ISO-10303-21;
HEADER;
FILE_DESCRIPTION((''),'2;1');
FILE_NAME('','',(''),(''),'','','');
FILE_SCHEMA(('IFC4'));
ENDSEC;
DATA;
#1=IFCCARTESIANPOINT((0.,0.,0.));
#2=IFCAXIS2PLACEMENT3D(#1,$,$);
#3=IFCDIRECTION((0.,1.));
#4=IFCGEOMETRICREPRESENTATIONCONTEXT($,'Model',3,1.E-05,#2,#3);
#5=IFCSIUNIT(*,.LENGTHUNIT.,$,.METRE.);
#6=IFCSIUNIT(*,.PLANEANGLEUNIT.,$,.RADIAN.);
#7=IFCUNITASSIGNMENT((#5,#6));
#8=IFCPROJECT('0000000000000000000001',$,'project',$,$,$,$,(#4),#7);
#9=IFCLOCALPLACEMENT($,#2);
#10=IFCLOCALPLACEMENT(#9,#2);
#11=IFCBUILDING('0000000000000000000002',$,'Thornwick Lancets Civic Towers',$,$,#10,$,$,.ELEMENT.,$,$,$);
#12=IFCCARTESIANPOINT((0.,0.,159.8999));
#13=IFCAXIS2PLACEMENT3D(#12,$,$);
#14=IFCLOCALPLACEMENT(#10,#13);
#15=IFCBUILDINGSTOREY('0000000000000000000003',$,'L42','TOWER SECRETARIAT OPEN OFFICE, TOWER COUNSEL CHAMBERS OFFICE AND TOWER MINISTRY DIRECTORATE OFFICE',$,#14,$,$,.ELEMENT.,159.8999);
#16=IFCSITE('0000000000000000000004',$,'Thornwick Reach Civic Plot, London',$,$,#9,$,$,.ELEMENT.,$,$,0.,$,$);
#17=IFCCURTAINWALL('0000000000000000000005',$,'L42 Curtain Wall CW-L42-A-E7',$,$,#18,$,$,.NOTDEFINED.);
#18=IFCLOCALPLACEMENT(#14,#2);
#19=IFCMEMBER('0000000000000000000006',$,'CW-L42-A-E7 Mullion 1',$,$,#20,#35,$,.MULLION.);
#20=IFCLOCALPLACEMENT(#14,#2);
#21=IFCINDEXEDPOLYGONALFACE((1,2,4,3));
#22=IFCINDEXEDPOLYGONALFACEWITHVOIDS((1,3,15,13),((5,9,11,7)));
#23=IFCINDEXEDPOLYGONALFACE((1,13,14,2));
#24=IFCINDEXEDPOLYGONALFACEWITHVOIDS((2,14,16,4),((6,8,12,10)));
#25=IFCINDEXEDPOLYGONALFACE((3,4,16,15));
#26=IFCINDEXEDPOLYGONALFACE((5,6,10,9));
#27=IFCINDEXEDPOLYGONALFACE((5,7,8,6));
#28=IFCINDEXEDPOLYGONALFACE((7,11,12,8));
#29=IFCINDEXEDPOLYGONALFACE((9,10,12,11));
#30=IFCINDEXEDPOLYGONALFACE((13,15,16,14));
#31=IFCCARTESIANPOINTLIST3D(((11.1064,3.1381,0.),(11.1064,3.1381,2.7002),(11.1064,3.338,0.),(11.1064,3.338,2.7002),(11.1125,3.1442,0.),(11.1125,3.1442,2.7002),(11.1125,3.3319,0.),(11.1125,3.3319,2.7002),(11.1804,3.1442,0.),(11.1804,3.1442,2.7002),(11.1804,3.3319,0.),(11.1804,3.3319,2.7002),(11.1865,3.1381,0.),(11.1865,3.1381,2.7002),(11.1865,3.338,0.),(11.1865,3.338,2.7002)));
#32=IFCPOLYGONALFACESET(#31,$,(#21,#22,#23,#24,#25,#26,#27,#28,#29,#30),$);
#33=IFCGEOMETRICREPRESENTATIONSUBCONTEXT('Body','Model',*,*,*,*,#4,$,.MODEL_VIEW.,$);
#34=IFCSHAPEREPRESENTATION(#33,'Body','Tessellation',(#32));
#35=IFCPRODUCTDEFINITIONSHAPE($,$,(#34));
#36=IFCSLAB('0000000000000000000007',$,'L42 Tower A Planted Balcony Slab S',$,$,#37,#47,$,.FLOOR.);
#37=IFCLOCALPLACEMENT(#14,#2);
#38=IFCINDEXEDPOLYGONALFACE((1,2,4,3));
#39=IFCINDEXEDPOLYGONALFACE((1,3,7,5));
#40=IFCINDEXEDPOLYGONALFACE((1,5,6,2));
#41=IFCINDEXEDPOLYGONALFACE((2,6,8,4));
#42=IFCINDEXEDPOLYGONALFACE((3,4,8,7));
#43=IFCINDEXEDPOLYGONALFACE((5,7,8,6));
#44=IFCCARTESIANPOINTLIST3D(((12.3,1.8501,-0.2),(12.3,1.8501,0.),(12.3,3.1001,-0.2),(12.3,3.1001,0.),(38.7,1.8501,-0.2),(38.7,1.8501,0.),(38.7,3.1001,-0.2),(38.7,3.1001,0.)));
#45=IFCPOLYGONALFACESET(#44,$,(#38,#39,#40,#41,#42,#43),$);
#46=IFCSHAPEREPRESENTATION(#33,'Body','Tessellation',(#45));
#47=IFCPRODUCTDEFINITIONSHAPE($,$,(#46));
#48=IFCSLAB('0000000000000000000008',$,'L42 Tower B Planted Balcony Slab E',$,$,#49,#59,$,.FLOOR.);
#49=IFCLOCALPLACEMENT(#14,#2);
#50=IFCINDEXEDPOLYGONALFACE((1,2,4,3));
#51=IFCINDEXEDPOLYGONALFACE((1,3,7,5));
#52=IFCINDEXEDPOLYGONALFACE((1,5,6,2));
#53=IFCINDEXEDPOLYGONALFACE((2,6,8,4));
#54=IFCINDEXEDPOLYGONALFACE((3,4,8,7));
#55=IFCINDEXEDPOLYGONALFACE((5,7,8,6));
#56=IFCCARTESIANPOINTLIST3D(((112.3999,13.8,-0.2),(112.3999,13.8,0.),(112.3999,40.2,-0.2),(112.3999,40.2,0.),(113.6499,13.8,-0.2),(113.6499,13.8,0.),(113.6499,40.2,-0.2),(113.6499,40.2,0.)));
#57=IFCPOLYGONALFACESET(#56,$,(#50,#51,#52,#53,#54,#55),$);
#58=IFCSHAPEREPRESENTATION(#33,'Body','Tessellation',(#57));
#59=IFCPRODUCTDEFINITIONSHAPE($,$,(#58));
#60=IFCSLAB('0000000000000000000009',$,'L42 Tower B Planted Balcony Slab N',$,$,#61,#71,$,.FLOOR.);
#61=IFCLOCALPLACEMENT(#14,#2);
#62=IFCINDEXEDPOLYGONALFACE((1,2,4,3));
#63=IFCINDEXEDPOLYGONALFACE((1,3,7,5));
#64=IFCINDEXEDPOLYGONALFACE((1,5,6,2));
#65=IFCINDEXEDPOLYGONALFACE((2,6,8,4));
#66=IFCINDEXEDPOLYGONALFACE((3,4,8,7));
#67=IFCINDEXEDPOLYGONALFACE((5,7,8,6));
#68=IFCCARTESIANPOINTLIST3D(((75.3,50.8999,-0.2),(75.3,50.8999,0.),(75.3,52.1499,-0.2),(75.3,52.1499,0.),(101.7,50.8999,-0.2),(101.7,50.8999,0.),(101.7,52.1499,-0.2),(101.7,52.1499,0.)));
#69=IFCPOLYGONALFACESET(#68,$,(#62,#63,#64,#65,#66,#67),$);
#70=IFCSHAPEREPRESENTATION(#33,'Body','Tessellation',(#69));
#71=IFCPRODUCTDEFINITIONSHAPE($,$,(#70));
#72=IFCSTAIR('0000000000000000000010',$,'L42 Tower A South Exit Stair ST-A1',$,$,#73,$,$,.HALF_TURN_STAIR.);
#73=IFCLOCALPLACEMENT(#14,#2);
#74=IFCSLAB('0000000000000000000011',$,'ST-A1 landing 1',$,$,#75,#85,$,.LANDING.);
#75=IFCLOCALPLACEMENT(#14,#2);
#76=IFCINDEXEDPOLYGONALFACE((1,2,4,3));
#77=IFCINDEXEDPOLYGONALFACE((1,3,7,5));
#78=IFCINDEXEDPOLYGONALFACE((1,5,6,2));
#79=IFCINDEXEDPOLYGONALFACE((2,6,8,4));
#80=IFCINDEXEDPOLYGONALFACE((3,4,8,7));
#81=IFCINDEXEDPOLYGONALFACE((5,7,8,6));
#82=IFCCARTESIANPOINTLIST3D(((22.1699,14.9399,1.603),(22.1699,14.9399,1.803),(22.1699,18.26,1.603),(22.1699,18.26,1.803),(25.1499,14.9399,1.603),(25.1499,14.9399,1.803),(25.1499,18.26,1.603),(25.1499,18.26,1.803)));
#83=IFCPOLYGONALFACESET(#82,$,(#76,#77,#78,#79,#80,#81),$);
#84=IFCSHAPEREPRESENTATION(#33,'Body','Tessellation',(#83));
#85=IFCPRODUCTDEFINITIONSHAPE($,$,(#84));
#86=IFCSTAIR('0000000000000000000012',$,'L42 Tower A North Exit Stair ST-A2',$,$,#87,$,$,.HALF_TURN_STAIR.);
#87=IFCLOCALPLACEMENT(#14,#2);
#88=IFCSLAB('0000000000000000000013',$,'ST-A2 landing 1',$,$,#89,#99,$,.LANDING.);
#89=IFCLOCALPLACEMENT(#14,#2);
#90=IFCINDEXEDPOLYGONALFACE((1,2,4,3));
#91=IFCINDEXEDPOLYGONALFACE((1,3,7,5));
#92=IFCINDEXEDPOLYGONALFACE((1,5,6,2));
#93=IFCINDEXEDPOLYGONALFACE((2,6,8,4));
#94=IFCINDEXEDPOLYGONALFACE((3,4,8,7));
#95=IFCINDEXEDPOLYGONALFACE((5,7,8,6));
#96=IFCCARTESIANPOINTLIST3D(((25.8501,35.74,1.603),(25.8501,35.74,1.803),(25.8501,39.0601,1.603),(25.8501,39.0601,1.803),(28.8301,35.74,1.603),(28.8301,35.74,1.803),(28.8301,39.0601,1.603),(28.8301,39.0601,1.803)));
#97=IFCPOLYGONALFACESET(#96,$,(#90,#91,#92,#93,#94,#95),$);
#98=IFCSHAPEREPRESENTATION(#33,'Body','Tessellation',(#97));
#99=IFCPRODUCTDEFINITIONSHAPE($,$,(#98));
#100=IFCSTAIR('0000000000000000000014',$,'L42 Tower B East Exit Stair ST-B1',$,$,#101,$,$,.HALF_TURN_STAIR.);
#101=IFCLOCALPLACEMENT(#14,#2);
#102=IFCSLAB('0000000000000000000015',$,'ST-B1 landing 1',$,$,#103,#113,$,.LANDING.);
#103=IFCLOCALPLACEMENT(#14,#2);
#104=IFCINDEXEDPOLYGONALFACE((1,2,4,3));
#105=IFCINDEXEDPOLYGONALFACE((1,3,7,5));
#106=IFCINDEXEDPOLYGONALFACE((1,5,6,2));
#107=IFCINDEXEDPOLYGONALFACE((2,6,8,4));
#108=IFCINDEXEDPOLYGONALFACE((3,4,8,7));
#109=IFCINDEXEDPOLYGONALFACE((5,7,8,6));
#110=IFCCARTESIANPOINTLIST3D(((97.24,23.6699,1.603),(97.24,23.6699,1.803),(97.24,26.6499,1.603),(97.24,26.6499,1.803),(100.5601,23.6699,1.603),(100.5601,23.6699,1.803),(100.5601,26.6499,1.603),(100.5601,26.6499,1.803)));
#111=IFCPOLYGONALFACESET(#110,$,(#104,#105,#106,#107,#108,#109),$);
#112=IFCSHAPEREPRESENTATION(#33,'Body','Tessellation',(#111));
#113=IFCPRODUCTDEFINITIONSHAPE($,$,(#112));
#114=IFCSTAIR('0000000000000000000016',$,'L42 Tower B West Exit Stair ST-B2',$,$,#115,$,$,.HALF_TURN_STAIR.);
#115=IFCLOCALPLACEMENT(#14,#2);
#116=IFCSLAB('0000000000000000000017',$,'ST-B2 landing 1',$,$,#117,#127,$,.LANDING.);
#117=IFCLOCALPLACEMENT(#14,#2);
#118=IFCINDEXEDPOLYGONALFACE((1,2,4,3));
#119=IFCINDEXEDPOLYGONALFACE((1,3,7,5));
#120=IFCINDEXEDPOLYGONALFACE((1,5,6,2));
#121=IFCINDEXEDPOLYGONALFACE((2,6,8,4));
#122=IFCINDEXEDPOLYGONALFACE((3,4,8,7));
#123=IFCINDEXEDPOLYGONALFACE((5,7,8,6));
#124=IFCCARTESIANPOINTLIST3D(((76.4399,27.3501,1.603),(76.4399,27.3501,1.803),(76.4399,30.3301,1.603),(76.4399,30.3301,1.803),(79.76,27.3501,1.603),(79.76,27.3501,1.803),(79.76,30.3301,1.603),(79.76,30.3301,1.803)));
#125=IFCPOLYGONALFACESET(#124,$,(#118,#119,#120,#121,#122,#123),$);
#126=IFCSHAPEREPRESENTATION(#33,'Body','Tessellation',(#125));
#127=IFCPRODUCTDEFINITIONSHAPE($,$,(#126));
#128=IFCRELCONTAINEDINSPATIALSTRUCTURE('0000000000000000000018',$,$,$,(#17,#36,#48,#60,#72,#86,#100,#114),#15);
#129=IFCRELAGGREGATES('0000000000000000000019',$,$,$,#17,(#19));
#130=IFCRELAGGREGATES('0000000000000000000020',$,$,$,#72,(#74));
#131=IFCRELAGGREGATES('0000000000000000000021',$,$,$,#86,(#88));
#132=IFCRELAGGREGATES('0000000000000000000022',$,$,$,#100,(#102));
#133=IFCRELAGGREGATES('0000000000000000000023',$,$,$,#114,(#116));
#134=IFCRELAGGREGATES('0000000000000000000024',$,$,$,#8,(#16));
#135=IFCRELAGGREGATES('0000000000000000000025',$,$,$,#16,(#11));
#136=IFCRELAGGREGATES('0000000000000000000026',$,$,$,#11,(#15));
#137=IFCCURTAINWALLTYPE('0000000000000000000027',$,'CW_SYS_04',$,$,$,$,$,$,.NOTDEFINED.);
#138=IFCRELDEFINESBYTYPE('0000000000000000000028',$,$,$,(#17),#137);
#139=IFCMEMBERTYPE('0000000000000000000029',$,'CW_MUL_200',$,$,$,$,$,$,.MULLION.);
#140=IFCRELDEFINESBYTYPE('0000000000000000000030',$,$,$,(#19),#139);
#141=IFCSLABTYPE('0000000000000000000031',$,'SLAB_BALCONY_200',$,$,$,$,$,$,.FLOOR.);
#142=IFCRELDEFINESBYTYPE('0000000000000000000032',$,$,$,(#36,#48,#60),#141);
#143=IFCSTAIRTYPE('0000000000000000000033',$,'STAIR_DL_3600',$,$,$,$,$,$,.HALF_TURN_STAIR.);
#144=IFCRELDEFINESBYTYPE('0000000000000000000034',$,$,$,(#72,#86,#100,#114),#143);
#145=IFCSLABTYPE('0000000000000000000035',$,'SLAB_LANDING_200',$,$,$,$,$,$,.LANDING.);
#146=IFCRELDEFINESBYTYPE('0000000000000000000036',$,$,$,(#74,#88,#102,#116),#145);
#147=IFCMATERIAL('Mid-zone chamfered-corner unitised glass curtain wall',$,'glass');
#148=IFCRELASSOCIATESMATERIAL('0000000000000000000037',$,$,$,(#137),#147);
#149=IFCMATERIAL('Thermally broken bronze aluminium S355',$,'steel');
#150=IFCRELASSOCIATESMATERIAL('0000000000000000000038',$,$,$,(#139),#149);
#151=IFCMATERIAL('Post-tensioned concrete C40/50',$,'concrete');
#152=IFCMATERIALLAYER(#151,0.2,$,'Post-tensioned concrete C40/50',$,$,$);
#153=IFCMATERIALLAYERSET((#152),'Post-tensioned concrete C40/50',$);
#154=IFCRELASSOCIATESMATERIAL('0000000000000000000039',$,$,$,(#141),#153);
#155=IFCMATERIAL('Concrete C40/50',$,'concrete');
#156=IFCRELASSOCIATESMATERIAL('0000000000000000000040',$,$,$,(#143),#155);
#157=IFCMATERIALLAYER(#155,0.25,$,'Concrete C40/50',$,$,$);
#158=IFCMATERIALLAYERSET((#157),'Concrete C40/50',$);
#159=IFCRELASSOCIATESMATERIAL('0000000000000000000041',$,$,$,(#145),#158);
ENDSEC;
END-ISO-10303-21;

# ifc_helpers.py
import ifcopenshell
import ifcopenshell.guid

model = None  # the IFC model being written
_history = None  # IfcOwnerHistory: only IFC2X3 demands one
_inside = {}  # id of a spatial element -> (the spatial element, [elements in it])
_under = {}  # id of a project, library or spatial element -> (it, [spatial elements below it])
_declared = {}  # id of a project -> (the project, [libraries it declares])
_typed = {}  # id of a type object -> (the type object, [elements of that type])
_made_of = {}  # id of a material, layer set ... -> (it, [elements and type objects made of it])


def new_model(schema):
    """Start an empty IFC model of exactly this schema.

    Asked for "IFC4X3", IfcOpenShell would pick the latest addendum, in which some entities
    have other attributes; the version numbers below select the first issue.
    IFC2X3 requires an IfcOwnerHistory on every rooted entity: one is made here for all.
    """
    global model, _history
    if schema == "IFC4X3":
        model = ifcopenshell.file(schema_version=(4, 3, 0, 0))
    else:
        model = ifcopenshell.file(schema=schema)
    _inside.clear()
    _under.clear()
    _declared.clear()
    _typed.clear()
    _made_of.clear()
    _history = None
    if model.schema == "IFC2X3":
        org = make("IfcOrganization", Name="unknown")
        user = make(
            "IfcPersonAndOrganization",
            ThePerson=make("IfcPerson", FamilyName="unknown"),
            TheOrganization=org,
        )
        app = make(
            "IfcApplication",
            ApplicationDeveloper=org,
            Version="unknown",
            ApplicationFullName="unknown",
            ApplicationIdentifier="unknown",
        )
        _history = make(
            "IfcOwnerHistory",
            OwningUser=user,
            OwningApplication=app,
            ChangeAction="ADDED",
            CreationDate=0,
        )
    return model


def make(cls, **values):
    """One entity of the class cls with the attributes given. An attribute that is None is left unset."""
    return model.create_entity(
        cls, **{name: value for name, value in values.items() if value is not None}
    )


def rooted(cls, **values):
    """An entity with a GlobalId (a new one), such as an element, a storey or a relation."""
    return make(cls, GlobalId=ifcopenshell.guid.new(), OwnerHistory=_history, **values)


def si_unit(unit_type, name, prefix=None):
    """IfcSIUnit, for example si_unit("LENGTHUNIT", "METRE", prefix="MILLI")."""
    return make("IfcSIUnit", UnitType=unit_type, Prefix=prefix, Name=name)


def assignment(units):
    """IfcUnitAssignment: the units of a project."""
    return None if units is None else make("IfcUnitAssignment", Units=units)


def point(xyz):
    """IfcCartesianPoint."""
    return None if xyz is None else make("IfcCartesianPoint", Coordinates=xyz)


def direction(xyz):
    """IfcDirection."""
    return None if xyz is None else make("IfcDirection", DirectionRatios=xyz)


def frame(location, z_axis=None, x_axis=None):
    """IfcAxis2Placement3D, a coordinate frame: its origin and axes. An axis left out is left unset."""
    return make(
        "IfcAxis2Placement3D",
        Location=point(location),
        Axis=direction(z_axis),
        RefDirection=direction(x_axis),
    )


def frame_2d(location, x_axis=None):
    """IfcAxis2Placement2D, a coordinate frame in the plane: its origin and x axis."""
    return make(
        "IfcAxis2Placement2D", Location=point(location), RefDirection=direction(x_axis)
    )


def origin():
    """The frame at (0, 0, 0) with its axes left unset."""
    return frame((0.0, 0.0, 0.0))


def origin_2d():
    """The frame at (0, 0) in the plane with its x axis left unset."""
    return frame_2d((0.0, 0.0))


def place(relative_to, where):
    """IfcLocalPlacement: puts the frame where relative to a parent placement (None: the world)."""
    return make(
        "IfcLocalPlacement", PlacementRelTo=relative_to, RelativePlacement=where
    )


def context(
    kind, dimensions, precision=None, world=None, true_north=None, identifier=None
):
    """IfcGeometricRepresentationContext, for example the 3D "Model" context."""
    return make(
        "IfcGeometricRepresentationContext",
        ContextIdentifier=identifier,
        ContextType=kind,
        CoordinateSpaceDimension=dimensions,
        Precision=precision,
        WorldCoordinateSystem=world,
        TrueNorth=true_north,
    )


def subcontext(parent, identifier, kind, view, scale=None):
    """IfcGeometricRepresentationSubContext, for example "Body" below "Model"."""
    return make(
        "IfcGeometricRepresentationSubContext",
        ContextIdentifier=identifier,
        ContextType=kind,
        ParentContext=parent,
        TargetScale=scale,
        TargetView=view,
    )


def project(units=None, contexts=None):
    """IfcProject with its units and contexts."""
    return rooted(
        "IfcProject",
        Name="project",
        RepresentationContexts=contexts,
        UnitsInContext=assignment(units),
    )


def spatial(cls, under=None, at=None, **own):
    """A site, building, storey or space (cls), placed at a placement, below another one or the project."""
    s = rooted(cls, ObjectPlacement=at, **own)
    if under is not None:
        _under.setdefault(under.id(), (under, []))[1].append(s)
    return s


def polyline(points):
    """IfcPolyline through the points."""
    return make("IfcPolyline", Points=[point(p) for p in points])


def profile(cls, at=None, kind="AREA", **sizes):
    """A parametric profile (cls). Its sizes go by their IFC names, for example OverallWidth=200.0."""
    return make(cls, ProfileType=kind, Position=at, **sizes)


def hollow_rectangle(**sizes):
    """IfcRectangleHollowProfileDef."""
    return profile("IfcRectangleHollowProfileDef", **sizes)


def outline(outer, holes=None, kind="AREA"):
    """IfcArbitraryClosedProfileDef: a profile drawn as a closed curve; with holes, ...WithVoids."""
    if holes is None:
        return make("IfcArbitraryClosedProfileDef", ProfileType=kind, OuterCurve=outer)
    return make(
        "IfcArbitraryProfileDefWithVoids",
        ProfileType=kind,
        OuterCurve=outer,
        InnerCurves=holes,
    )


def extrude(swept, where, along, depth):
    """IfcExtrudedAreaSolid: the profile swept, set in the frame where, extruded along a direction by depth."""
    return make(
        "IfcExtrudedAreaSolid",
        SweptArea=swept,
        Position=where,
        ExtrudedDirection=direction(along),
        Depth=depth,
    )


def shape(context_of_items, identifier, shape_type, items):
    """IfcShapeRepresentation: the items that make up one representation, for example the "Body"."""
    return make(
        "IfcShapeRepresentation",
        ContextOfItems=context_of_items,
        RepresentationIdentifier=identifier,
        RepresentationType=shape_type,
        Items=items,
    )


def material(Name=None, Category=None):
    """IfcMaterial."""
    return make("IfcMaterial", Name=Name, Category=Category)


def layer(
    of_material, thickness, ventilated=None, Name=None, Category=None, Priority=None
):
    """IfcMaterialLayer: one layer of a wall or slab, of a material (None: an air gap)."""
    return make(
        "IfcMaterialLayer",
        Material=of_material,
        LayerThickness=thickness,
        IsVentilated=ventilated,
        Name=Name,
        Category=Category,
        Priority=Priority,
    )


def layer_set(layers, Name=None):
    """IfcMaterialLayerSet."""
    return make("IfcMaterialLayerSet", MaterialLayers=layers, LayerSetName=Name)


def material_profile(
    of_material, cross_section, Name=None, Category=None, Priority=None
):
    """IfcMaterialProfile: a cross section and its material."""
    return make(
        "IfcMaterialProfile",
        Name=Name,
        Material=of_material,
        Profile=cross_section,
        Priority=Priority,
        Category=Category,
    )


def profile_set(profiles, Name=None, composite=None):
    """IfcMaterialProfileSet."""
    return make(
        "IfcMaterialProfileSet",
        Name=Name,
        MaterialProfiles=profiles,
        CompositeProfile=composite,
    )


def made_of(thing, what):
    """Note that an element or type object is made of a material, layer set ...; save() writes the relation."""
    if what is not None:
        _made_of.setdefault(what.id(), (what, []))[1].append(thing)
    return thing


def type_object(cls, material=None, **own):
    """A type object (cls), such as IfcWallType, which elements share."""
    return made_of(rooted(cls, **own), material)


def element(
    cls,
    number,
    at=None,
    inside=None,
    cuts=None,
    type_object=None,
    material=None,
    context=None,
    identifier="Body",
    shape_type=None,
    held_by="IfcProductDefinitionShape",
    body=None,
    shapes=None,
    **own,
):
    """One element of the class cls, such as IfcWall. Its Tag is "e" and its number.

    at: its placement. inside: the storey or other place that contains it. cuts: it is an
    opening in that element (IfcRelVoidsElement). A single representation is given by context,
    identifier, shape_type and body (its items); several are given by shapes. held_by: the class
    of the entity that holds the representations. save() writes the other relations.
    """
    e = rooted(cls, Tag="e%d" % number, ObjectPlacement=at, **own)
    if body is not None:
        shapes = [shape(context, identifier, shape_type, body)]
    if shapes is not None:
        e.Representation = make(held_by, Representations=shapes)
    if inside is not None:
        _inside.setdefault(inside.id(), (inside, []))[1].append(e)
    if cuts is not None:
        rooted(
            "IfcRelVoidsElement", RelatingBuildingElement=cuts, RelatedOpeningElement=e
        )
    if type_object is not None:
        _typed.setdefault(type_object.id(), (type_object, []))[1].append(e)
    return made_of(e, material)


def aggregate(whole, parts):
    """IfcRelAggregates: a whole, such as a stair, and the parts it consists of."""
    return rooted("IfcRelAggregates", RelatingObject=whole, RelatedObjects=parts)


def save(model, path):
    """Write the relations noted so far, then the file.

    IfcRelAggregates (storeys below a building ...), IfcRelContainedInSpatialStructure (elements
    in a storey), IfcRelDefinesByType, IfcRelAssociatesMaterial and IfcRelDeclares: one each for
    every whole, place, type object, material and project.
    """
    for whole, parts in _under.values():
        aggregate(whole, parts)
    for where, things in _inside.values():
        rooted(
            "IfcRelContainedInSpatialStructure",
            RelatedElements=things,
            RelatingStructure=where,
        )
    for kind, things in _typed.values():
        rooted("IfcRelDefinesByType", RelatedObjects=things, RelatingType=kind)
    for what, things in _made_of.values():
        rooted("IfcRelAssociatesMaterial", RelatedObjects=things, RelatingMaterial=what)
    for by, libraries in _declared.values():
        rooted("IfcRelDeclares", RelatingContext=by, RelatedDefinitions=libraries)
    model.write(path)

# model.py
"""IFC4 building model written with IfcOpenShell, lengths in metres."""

from ifc_helpers import new_model, si_unit, direction, frame, origin, origin_2d, place, context, subcontext, project, spatial, polyline, hollow_rectangle, outline, extrude, material, layer, layer_set, material_profile, profile_set, type_object, element, aggregate, save


model = new_model("IFC4")

# Units and contexts
model_context = context("Model", 3, precision=1e-05, world=origin(), true_north=direction((0.0, 1.0)))
body_context = subcontext(model_context, "Body", "Model", "MODEL_VIEW")
ifc_project = project(units=[si_unit("LENGTHUNIT", "METRE"), si_unit("PLANEANGLEUNIT", "RADIAN")], contexts=[model_context])

# Site, building, storey
site_placement = place(None, origin())
site = spatial("IfcSite", under=ifc_project, at=site_placement, Name="Thornwick Reach Civic Plot, London", CompositionType="ELEMENT", RefElevation=0.0)
building_placement = place(site_placement, origin())
building = spatial("IfcBuilding", under=site, at=building_placement, Name="Thornwick Lancets Civic Towers", CompositionType="ELEMENT")
storey_placement = place(building_placement, frame((0.0, 0.0, 159.8999)))
storey = spatial("IfcBuildingStorey", under=building, at=storey_placement, Name="L42", Description="TOWER SECRETARIAT OPEN OFFICE, TOWER COUNSEL CHAMBERS OFFICE AND TOWER MINISTRY DIRECTORATE OFFICE", CompositionType="ELEMENT", Elevation=159.8999)

# Curtain wall, member
ifc_material_1 = material(Name="Mid-zone chamfered-corner unitised glass curtain wall", Category="glass")
curtain_wall_type = type_object("IfcCurtainWallType", Name="CW_SYS_04", PredefinedType="NOTDEFINED", material=ifc_material_1)
curtain_wall_placement = place(storey_placement, origin())
curtain_wall = element("IfcCurtainWall", 1, at=curtain_wall_placement, inside=storey, type_object=curtain_wall_type, Name="L42 Curtain Wall CW-L42-A-E7", PredefinedType="NOTDEFINED")
ifc_material_2 = material(Name="Thermally broken bronze aluminium S355", Category="steel")
ifc_material_profile = material_profile(ifc_material_2, hollow_rectangle(XDim=0.0801, YDim=0.2, WallThickness=0.0061, at=origin_2d()), Name="RHS 200x80x6")
ifc_profile_set = profile_set([ifc_material_profile], Name="Thermally broken bronze aluminium S355")
member_type = type_object("IfcMemberType", Name="CW_MUL_200", PredefinedType="MULLION", material=ifc_profile_set)
member_placement = place(storey_placement, frame((11.1465, 3.238, 0.0), z_axis=(0.0, 0.0, 1.0), x_axis=(1.0, 0.0, 0.0)))
member = element("IfcMember", 2, at=member_placement, type_object=member_type, Name="CW-L42-A-E7 Mullion 1", PredefinedType="MULLION", context=body_context, shape_type="SweptSolid", body=[
    extrude(hollow_rectangle(XDim=0.0801, YDim=0.2, WallThickness=0.0061, at=origin_2d()), origin(), (0.0, 0.0, 1.0), 2.7002),
])
aggregate(curtain_wall, [member])

# Slabs
ifc_material_3 = material(Name="Post-tensioned concrete C40/50", Category="concrete")
ifc_layer_1 = layer(ifc_material_3, 0.2, Name="Post-tensioned concrete C40/50")
ifc_layer_set_1 = layer_set([ifc_layer_1], Name="Post-tensioned concrete C40/50")
slab_type_1 = type_object("IfcSlabType", Name="SLAB_BALCONY_200", PredefinedType="FLOOR", material=ifc_layer_set_1)
slab_1_placement = place(storey_placement, frame((0.0, 0.0, -0.2)))
element("IfcSlab", 3, at=slab_1_placement, inside=storey, type_object=slab_type_1, Name="L42 Tower A Planted Balcony Slab S", PredefinedType="FLOOR", context=body_context, shape_type="SweptSolid", body=[
    extrude(outline(polyline([(12.3, 1.8501), (38.7, 1.8501), (38.7, 3.1001), (12.3, 3.1001), (12.3, 1.8501)])), origin(), (0.0, 0.0, 1.0), 0.2),
])
slab_2_placement = place(storey_placement, frame((0.0, 0.0, -0.2)))
element("IfcSlab", 4, at=slab_2_placement, inside=storey, type_object=slab_type_1, Name="L42 Tower B Planted Balcony Slab E", PredefinedType="FLOOR", context=body_context, shape_type="SweptSolid", body=[
    extrude(outline(polyline([(112.3999, 13.8), (113.6499, 13.8), (113.6499, 40.2), (112.3999, 40.2), (112.3999, 13.8)])), origin(), (0.0, 0.0, 1.0), 0.2),
])
slab_3_placement = place(storey_placement, frame((0.0, 0.0, -0.2)))
element("IfcSlab", 5, at=slab_3_placement, inside=storey, type_object=slab_type_1, Name="L42 Tower B Planted Balcony Slab N", PredefinedType="FLOOR", context=body_context, shape_type="SweptSolid", body=[
    extrude(outline(polyline([(75.3, 50.8999), (101.7, 50.8999), (101.7, 52.1499), (75.3, 52.1499), (75.3, 50.8999)])), origin(), (0.0, 0.0, 1.0), 0.2),
])

# Stairs, slabs
ifc_material_4 = material(Name="Concrete C40/50", Category="concrete")
stair_type = type_object("IfcStairType", Name="STAIR_DL_3600", PredefinedType="HALF_TURN_STAIR", material=ifc_material_4)
stair_1_placement = place(storey_placement, origin())
stair_1 = element("IfcStair", 6, at=stair_1_placement, inside=storey, type_object=stair_type, Name="L42 Tower A South Exit Stair ST-A1", PredefinedType="HALF_TURN_STAIR")
ifc_layer_2 = layer(ifc_material_4, 0.25, Name="Concrete C40/50")
ifc_layer_set_2 = layer_set([ifc_layer_2], Name="Concrete C40/50")
slab_type_2 = type_object("IfcSlabType", Name="SLAB_LANDING_200", PredefinedType="LANDING", material=ifc_layer_set_2)
slab_4_placement = place(storey_placement, frame((0.0, 0.0, 1.603)))
slab_4 = element("IfcSlab", 7, at=slab_4_placement, type_object=slab_type_2, Name="ST-A1 landing 1", PredefinedType="LANDING", context=body_context, shape_type="SweptSolid", body=[
    extrude(outline(polyline([(22.1699, 14.9399), (25.1499, 14.9399), (25.1499, 18.26), (22.1699, 18.26), (22.1699, 14.9399)])), origin(), (0.0, 0.0, 1.0), 0.2),
])
aggregate(stair_1, [slab_4])
stair_2_placement = place(storey_placement, origin())
stair_2 = element("IfcStair", 8, at=stair_2_placement, inside=storey, type_object=stair_type, Name="L42 Tower A North Exit Stair ST-A2", PredefinedType="HALF_TURN_STAIR")
slab_5_placement = place(storey_placement, frame((0.0, 0.0, 1.603)))
slab_5 = element("IfcSlab", 9, at=slab_5_placement, type_object=slab_type_2, Name="ST-A2 landing 1", PredefinedType="LANDING", context=body_context, shape_type="SweptSolid", body=[
    extrude(outline(polyline([(28.8301, 39.0601), (25.8501, 39.0601), (25.8501, 35.74), (28.8301, 35.74), (28.8301, 39.0601)])), origin(), (0.0, 0.0, 1.0), 0.2),
])
aggregate(stair_2, [slab_5])
stair_3_placement = place(storey_placement, origin())
stair_3 = element("IfcStair", 10, at=stair_3_placement, inside=storey, type_object=stair_type, Name="L42 Tower B East Exit Stair ST-B1", PredefinedType="HALF_TURN_STAIR")
slab_6_placement = place(storey_placement, frame((0.0, 0.0, 1.603)))
slab_6 = element("IfcSlab", 11, at=slab_6_placement, type_object=slab_type_2, Name="ST-B1 landing 1", PredefinedType="LANDING", context=body_context, shape_type="SweptSolid", body=[
    extrude(outline(polyline([(100.5601, 23.6699), (100.5601, 26.6499), (97.24, 26.6499), (97.24, 23.6699), (100.5601, 23.6699)])), origin(), (0.0, 0.0, 1.0), 0.2),
])
aggregate(stair_3, [slab_6])
stair_4_placement = place(storey_placement, origin())
stair_4 = element("IfcStair", 12, at=stair_4_placement, inside=storey, type_object=stair_type, Name="L42 Tower B West Exit Stair ST-B2", PredefinedType="HALF_TURN_STAIR")
slab_7_placement = place(storey_placement, frame((0.0, 0.0, 1.603)))
slab_7 = element("IfcSlab", 13, at=slab_7_placement, type_object=slab_type_2, Name="ST-B2 landing 1", PredefinedType="LANDING", context=body_context, shape_type="SweptSolid", body=[
    extrude(outline(polyline([(76.4399, 30.3301), (76.4399, 27.3501), (79.76, 27.3501), (79.76, 30.3301), (76.4399, 30.3301)])), origin(), (0.0, 0.0, 1.0), 0.2),
])
aggregate(stair_4, [slab_7])

save(model, "model.ifc")
